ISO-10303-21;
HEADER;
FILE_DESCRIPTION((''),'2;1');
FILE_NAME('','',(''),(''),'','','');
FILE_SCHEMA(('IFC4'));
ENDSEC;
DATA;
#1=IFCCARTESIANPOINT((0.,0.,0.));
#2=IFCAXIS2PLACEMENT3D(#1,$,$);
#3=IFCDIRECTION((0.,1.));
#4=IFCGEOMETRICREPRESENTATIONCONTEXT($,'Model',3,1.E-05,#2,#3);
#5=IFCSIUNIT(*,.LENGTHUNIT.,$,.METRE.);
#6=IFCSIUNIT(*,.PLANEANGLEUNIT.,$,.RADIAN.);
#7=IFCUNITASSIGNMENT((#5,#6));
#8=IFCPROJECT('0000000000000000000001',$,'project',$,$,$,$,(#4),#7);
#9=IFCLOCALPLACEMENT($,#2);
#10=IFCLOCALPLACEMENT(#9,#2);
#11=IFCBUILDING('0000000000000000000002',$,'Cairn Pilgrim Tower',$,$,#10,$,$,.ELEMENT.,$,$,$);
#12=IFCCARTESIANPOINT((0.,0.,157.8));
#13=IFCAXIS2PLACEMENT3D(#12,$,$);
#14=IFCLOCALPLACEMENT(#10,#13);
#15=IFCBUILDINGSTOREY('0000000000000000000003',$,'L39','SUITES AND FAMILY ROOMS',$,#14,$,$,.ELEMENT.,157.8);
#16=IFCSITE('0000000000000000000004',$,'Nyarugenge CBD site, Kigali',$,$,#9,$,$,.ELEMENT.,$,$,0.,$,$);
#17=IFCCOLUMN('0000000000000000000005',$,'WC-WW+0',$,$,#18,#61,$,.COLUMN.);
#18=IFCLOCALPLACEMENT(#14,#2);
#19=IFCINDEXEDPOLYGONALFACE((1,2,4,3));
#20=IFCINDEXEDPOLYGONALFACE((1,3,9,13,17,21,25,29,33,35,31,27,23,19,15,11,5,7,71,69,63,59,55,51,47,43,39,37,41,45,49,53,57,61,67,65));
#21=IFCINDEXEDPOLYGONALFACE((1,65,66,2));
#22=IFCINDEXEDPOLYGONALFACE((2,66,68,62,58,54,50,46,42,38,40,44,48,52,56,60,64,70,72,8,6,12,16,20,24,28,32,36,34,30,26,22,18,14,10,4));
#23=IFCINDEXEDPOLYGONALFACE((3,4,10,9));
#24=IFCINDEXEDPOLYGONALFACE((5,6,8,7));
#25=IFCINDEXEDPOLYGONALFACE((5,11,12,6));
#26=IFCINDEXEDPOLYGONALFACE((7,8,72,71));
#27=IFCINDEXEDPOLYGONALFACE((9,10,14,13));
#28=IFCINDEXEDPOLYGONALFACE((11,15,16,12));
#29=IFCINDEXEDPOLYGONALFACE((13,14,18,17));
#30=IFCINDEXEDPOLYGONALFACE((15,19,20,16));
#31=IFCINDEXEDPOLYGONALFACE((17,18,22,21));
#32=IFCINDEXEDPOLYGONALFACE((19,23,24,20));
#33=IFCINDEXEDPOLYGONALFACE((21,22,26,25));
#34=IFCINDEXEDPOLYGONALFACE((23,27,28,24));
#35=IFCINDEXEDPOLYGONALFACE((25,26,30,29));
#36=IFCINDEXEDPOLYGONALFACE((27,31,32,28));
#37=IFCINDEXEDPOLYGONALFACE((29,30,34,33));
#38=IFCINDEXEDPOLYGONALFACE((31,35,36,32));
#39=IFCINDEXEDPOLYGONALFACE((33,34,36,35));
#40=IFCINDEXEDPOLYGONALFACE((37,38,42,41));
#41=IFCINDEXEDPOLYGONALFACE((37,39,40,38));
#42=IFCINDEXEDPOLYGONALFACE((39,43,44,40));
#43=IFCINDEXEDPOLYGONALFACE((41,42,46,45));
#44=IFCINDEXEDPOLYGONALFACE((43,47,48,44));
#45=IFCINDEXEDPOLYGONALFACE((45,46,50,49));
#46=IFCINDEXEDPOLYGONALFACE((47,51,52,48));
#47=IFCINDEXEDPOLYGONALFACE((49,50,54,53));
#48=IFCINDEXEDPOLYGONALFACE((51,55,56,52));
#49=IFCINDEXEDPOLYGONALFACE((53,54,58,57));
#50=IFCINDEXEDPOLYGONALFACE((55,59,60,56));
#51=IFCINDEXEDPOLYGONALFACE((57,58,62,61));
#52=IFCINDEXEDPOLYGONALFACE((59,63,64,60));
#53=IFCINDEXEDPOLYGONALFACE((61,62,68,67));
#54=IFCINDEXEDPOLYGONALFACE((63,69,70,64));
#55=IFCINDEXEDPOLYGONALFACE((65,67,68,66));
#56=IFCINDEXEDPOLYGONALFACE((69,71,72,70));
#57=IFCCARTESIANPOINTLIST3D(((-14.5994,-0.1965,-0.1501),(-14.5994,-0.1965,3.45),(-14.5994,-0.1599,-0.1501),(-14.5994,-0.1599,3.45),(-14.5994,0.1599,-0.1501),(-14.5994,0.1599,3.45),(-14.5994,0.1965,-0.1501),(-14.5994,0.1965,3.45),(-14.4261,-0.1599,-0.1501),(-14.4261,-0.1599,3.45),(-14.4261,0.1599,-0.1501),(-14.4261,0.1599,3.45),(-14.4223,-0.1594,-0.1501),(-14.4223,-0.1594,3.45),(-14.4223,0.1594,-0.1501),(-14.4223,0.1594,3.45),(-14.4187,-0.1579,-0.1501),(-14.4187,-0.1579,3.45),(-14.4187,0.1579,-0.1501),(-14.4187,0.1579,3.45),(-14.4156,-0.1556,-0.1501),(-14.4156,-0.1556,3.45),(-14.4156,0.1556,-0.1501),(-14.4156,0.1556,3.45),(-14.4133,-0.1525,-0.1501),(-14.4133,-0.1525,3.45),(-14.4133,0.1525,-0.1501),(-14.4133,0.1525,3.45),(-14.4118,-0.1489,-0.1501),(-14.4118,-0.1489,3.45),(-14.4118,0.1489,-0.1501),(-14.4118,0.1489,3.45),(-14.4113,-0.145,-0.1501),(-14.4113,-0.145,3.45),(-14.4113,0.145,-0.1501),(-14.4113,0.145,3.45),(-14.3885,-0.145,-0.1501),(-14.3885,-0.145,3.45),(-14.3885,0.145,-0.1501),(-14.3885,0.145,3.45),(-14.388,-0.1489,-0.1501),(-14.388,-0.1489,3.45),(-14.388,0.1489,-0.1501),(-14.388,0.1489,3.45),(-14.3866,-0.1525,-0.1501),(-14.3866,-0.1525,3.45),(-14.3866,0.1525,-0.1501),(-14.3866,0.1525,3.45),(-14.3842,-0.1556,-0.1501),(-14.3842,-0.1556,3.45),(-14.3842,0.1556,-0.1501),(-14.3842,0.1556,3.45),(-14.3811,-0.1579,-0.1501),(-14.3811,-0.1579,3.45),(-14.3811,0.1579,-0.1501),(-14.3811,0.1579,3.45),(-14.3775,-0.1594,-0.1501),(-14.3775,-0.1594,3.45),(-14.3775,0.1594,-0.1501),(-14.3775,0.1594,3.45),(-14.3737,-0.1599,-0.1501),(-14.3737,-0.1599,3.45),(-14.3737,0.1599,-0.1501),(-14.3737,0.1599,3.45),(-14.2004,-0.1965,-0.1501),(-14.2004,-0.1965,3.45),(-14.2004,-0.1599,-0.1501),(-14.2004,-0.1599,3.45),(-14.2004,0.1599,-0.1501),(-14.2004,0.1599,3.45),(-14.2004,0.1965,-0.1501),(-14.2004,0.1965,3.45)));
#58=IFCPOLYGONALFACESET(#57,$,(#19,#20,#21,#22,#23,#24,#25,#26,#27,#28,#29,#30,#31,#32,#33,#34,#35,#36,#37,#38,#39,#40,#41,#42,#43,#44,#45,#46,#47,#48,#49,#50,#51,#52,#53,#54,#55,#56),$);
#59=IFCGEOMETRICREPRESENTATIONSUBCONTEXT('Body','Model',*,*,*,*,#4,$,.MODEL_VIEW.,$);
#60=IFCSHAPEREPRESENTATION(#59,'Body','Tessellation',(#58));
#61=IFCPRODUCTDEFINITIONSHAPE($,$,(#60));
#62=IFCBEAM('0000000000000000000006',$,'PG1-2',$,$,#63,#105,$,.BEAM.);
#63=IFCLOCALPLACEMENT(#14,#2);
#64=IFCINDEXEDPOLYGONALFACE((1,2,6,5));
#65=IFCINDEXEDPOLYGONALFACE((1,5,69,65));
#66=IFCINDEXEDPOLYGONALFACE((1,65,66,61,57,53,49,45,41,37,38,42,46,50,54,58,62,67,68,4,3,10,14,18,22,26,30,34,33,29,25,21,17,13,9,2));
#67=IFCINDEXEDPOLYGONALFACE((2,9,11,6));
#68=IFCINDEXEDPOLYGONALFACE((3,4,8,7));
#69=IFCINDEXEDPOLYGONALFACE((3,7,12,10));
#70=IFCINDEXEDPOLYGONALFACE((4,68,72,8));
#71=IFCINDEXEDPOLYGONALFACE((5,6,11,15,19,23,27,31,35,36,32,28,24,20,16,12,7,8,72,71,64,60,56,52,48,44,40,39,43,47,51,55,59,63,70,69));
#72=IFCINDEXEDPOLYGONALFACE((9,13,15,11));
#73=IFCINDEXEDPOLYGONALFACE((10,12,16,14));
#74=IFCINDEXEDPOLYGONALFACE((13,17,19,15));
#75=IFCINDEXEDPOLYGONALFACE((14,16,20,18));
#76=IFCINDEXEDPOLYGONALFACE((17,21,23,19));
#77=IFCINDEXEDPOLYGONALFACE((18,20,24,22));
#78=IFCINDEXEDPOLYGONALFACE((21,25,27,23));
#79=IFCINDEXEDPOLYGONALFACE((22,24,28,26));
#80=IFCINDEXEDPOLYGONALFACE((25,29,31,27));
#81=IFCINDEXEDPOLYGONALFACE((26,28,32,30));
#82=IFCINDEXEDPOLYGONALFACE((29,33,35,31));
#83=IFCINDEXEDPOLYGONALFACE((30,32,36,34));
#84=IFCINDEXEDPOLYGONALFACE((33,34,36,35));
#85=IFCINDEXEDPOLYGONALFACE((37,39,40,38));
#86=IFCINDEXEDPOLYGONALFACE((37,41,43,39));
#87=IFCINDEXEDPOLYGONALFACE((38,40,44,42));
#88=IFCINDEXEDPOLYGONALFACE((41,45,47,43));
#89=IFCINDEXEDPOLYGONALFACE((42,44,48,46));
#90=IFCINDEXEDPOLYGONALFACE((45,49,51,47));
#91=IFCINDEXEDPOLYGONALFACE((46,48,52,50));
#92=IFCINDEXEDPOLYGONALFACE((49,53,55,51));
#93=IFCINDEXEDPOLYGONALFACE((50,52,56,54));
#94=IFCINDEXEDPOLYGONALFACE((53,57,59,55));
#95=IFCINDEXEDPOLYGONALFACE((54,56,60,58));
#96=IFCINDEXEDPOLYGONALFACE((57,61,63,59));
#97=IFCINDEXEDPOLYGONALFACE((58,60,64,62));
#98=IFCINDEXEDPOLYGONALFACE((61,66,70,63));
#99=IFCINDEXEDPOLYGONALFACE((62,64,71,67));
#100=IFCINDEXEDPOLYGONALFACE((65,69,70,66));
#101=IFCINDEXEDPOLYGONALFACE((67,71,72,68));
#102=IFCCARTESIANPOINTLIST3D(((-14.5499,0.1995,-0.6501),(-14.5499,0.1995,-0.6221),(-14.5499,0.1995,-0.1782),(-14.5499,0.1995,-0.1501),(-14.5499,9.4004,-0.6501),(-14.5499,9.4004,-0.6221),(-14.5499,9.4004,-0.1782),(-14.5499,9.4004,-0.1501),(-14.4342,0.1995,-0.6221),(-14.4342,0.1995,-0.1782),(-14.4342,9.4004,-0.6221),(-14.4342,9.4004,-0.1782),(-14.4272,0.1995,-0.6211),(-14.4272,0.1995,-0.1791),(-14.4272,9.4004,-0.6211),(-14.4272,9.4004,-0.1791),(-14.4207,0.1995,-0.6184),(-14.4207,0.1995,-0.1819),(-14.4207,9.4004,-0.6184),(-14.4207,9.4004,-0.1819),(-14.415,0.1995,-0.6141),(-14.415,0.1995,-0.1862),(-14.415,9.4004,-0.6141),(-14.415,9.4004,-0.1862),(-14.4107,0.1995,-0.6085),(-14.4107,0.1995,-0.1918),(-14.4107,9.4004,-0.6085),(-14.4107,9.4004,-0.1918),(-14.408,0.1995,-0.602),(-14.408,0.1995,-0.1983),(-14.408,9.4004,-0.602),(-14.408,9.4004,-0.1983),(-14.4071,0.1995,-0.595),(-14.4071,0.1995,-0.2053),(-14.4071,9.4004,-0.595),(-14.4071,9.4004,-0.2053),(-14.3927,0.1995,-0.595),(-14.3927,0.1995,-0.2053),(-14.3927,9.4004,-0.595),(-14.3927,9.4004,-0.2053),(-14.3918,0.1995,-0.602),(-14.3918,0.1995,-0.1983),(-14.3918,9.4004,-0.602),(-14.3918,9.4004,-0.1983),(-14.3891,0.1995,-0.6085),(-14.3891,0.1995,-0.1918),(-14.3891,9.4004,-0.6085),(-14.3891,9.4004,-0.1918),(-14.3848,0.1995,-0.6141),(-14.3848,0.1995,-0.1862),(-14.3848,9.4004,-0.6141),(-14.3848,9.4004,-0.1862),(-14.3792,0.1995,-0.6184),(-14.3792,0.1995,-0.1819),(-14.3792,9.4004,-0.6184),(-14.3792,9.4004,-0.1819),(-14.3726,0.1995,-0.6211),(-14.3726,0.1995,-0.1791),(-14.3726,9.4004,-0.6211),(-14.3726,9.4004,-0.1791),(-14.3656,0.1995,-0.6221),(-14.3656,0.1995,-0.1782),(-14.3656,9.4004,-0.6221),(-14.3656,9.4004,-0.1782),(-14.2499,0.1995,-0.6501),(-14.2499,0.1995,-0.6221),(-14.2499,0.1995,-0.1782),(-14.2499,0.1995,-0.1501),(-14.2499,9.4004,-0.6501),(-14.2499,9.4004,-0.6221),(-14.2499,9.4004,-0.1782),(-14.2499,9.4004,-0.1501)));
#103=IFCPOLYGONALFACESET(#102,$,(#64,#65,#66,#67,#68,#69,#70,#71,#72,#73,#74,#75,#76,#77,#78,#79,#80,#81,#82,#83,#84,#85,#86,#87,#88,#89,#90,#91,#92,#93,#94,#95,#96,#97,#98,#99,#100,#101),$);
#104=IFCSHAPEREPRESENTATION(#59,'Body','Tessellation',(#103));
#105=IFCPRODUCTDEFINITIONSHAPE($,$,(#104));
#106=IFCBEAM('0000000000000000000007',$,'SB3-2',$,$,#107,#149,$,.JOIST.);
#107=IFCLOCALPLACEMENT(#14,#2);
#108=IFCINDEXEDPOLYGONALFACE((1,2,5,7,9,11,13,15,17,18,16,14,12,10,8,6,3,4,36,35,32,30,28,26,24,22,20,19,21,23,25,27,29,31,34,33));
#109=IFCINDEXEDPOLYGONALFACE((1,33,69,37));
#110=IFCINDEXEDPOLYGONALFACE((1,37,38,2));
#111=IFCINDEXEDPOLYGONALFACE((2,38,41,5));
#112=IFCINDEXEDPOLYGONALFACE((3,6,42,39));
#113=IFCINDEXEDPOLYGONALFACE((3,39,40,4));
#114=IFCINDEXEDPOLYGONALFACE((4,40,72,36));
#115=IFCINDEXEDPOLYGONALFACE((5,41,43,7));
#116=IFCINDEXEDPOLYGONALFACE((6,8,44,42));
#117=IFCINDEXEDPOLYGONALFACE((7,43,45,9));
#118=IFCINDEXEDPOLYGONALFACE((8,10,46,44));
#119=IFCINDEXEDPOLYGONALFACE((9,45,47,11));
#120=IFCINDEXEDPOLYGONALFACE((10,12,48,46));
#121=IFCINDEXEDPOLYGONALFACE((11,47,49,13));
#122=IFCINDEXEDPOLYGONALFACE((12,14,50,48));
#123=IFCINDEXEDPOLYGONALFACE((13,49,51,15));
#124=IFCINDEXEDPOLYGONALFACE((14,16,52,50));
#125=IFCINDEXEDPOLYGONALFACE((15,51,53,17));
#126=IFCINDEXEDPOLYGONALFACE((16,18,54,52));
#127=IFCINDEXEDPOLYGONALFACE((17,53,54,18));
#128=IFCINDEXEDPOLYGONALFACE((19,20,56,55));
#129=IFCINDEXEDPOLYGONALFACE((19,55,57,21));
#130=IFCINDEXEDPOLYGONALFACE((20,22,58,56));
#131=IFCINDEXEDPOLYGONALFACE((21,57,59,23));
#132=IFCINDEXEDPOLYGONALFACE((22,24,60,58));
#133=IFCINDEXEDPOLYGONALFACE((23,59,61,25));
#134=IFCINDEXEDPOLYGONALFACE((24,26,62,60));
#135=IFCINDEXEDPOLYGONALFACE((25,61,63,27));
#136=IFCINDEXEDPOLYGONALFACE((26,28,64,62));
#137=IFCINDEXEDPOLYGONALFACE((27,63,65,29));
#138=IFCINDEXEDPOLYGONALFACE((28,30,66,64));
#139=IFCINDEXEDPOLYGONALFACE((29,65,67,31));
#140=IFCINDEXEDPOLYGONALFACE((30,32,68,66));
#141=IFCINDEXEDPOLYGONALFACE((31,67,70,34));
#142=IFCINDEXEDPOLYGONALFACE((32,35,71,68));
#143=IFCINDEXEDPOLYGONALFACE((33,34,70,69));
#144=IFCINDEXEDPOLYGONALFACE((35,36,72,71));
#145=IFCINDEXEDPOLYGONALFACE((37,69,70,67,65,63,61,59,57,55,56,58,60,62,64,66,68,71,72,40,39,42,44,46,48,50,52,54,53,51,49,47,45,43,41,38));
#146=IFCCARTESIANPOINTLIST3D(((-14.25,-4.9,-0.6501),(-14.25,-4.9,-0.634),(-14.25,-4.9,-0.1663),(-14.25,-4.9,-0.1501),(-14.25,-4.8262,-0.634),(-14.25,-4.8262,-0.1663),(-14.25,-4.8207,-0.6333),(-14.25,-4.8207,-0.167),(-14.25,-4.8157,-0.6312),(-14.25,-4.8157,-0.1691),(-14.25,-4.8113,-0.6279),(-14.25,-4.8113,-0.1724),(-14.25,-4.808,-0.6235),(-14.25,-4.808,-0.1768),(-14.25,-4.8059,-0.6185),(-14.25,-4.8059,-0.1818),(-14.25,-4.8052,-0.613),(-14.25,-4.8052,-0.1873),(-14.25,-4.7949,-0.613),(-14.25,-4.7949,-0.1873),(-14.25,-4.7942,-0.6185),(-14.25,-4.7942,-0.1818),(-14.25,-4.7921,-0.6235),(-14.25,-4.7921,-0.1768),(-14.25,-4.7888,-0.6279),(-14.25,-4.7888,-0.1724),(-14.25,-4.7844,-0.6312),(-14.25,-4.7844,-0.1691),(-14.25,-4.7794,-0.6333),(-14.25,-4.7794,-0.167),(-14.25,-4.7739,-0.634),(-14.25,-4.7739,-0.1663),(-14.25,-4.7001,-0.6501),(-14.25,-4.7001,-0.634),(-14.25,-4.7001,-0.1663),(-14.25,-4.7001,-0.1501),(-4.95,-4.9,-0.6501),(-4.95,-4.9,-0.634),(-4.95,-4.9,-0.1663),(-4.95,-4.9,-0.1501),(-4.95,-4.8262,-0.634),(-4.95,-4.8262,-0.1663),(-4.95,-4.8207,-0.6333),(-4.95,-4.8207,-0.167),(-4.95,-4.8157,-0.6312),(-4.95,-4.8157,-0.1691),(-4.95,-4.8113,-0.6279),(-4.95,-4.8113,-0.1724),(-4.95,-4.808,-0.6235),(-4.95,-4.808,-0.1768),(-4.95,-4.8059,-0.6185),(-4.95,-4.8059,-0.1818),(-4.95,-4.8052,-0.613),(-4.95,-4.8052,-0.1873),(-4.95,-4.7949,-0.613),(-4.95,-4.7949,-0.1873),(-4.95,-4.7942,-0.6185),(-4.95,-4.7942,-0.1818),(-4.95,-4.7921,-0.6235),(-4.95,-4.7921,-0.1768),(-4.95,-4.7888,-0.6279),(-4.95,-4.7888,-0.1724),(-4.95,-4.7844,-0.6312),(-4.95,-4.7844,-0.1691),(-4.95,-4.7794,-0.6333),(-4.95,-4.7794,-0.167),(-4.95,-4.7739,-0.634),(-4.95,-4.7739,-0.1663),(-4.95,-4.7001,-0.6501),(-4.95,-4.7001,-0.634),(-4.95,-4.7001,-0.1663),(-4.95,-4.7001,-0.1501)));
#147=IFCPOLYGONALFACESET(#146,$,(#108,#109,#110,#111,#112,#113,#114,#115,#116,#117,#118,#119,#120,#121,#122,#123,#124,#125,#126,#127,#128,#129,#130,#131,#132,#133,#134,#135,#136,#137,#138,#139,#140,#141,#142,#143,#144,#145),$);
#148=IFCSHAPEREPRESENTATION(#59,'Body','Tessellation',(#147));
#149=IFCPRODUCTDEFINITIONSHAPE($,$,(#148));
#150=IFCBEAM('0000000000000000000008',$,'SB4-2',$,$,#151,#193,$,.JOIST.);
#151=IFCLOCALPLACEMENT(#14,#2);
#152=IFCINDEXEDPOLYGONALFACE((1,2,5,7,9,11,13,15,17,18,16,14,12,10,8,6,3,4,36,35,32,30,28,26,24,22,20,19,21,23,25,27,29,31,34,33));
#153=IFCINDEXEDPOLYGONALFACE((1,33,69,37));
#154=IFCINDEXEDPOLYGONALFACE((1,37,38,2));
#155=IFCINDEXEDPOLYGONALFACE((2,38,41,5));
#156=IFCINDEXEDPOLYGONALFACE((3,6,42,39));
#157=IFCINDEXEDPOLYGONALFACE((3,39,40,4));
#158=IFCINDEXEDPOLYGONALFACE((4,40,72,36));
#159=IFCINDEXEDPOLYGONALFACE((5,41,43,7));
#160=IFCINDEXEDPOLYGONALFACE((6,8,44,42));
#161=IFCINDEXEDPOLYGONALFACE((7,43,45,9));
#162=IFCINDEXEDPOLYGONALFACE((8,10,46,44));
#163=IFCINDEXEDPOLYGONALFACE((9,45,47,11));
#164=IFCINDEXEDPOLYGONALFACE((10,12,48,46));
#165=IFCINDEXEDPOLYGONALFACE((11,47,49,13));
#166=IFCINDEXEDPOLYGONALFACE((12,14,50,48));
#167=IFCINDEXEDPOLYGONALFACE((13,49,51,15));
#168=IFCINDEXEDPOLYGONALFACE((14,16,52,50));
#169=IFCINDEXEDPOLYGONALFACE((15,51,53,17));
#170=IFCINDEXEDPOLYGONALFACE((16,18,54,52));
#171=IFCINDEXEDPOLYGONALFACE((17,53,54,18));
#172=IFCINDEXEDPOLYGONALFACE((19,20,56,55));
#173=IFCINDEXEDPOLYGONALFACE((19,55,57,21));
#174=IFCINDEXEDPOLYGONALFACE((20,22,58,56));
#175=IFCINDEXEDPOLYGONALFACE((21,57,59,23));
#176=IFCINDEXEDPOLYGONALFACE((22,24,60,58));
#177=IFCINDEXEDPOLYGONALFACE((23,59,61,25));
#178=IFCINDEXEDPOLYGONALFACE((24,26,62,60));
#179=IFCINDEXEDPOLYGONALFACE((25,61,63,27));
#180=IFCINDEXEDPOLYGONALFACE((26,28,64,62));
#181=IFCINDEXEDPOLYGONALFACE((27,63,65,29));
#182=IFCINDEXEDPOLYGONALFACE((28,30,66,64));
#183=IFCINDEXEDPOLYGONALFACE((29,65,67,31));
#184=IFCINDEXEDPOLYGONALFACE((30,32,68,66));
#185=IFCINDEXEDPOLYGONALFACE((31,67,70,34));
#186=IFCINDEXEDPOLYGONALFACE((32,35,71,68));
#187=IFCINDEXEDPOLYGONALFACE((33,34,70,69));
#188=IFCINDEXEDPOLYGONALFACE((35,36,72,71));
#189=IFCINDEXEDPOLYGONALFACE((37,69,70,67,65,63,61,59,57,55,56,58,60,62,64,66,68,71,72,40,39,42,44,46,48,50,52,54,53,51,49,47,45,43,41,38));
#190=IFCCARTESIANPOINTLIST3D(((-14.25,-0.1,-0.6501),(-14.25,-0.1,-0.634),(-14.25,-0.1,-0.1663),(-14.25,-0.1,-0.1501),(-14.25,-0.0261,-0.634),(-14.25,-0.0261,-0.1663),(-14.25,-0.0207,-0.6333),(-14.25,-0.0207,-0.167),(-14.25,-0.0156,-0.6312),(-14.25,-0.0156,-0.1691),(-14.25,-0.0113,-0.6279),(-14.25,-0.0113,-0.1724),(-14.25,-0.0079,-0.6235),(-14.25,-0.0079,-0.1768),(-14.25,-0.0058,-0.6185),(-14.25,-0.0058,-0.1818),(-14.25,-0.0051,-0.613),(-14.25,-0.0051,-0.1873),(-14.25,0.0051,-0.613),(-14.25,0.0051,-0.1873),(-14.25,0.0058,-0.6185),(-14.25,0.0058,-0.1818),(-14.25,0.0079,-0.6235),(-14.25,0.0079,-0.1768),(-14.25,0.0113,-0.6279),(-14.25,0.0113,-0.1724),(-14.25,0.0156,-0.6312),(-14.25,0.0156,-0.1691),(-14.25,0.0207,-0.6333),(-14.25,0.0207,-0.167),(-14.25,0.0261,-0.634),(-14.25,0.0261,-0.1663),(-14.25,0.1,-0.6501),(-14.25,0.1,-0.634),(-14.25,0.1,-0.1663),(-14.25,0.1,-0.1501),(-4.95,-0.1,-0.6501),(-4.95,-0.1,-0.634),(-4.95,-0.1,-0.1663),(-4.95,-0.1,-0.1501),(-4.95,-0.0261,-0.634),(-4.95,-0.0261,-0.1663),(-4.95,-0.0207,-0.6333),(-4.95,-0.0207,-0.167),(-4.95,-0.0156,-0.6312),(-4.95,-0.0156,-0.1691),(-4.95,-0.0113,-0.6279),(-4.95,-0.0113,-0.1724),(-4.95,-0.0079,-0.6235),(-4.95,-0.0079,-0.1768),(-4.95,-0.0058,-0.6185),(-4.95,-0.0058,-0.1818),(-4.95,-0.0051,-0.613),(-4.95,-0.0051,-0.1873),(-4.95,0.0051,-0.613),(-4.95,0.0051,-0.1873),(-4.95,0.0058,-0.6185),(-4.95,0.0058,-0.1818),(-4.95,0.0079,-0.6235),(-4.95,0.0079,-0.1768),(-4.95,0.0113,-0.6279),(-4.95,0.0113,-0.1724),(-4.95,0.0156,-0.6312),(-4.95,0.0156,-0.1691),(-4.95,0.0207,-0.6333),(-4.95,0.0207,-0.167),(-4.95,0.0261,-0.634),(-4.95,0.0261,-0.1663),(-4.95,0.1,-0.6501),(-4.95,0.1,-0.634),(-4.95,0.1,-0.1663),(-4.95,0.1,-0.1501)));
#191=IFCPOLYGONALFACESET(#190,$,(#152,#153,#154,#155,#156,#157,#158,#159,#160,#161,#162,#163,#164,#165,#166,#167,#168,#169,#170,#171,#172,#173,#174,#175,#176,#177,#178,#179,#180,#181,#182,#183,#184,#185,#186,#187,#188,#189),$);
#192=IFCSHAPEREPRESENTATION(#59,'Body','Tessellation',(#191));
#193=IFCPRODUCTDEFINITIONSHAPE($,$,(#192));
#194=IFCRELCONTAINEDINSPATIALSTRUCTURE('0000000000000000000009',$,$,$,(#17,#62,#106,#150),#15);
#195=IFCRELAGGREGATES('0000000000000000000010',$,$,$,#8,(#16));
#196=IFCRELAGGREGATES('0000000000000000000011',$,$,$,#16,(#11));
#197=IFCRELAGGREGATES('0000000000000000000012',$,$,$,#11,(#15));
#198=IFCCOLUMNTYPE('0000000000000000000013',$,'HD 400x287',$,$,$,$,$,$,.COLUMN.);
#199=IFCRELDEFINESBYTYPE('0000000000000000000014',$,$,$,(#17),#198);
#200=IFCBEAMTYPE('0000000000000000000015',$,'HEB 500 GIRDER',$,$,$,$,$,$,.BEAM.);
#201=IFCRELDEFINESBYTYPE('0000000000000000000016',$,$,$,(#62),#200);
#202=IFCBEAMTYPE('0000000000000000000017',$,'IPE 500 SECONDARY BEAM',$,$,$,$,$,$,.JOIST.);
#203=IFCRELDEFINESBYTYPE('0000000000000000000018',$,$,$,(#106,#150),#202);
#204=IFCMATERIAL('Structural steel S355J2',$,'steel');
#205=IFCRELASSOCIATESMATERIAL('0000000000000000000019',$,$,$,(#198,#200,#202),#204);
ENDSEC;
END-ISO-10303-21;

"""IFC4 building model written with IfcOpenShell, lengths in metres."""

from ifc_helpers import new_model, si_unit, direction, frame, origin, origin_2d, place, context, subcontext, project, spatial, i_section, extrude, material, material_profile, profile_set, type_object, element, save


model = new_model("IFC4")

# Units and contexts
model_context = context("Model", 3, precision=1e-05, world=origin(), true_north=direction((0.0, 1.0)))
body_context = subcontext(model_context, "Body", "Model", "MODEL_VIEW")
ifc_project = project(units=[si_unit("LENGTHUNIT", "METRE"), si_unit("PLANEANGLEUNIT", "RADIAN")], contexts=[model_context])

# Site, building, storey
site_placement = place(None, origin())
site = spatial("IfcSite", under=ifc_project, at=site_placement, Name="Nyarugenge CBD site, Kigali", CompositionType="ELEMENT", RefElevation=0.0)
building_placement = place(site_placement, origin())
building = spatial("IfcBuilding", under=site, at=building_placement, Name="Cairn Pilgrim Tower", CompositionType="ELEMENT")
storey_placement = place(building_placement, frame((0.0, 0.0, 157.8)))
storey = spatial("IfcBuildingStorey", under=building, at=storey_placement, Name="L39", Description="SUITES AND FAMILY ROOMS", CompositionType="ELEMENT", Elevation=157.8)

# Column
ifc_material_1 = material(Name="Structural steel S355J2", Category="steel")
ifc_material_profile_1 = material_profile(ifc_material_1, i_section(OverallWidth=0.3989, OverallDepth=0.3931, WebThickness=0.0227, FlangeThickness=0.0366, FilletRadius=0.0149, at=origin_2d()), Name="HD 400x287")
ifc_profile_set_1 = profile_set([ifc_material_profile_1], Name="Structural steel S355J2")
column_type = type_object("IfcColumnType", Name="HD 400x287", PredefinedType="COLUMN", material=ifc_profile_set_1)
column_placement = place(storey_placement, frame((-14.3999, 0.0, -0.1501), z_axis=(0.0, 0.0, 1.0), x_axis=(1.0, 0.0, 0.0)))
element("IfcColumn", 1, at=column_placement, inside=storey, type_object=column_type, Name="WC-WW+0", PredefinedType="COLUMN", context=body_context, shape_type="SweptSolid", body=[
    extrude(i_section(OverallWidth=0.3989, OverallDepth=0.3931, WebThickness=0.0227, FlangeThickness=0.0366, FilletRadius=0.0149, at=origin_2d()), origin(), (0.0, 0.0, 1.0), 3.6001),
])

# Beams
ifc_material_profile_2 = material_profile(ifc_material_1, i_section(OverallWidth=0.3, OverallDepth=0.5, WebThickness=0.0144, FlangeThickness=0.0281, FilletRadius=0.0271, at=origin_2d()), Name="HEB 500")
ifc_profile_set_2 = profile_set([ifc_material_profile_2], Name="Structural steel S355J2")
beam_type_1 = type_object("IfcBeamType", Name="HEB 500 GIRDER", PredefinedType="BEAM", material=ifc_profile_set_2)
beam_placement = place(storey_placement, frame((-14.3999, 0.1995, -0.4001), z_axis=(0.0, 1.0, 0.0), x_axis=(-1.0, 0.0, 0.0)))
element("IfcBeam", 2, at=beam_placement, inside=storey, type_object=beam_type_1, Name="PG1-2", PredefinedType="BEAM", context=body_context, shape_type="SweptSolid", body=[
    extrude(i_section(OverallWidth=0.3, OverallDepth=0.5, WebThickness=0.0144, FlangeThickness=0.0281, FilletRadius=0.0271, at=origin_2d()), origin(), (0.0, 0.0, 1.0), 9.2009),
])
ifc_material_profile_3 = material_profile(ifc_material_1, i_section(OverallWidth=0.2, OverallDepth=0.5, WebThickness=0.0103, FlangeThickness=0.0161, FilletRadius=0.021, at=origin_2d()), Name="IPE 500")
ifc_profile_set_3 = profile_set([ifc_material_profile_3], Name="Structural steel S355J2")
beam_type_2 = type_object("IfcBeamType", Name="IPE 500 SECONDARY BEAM", PredefinedType="JOIST", material=ifc_profile_set_3)
for number, where, z_axis, x_axis, name in (
    (3, (-14.25, -4.8, -0.4001), (1.0, 0.0, 0.0), (0.0, 1.0, 0.0), "SB3-2"),
    (4, (-14.25, 0.0, -0.4001), (1.0, 0.0, 0.0), (0.0, 1.0, 0.0), "SB4-2"),
):
    element("IfcBeam", number, at=place(storey_placement, frame(where, z_axis=z_axis, x_axis=x_axis)), inside=storey, type_object=beam_type_2, Name=name, PredefinedType="JOIST", context=body_context, shape_type="SweptSolid", body=[
        extrude(i_section(OverallWidth=0.2, OverallDepth=0.5, WebThickness=0.0103, FlangeThickness=0.0161, FilletRadius=0.021, at=origin_2d()), origin(), (0.0, 0.0, 1.0), 9.3),
    ])

save(model, "model.ifc")
